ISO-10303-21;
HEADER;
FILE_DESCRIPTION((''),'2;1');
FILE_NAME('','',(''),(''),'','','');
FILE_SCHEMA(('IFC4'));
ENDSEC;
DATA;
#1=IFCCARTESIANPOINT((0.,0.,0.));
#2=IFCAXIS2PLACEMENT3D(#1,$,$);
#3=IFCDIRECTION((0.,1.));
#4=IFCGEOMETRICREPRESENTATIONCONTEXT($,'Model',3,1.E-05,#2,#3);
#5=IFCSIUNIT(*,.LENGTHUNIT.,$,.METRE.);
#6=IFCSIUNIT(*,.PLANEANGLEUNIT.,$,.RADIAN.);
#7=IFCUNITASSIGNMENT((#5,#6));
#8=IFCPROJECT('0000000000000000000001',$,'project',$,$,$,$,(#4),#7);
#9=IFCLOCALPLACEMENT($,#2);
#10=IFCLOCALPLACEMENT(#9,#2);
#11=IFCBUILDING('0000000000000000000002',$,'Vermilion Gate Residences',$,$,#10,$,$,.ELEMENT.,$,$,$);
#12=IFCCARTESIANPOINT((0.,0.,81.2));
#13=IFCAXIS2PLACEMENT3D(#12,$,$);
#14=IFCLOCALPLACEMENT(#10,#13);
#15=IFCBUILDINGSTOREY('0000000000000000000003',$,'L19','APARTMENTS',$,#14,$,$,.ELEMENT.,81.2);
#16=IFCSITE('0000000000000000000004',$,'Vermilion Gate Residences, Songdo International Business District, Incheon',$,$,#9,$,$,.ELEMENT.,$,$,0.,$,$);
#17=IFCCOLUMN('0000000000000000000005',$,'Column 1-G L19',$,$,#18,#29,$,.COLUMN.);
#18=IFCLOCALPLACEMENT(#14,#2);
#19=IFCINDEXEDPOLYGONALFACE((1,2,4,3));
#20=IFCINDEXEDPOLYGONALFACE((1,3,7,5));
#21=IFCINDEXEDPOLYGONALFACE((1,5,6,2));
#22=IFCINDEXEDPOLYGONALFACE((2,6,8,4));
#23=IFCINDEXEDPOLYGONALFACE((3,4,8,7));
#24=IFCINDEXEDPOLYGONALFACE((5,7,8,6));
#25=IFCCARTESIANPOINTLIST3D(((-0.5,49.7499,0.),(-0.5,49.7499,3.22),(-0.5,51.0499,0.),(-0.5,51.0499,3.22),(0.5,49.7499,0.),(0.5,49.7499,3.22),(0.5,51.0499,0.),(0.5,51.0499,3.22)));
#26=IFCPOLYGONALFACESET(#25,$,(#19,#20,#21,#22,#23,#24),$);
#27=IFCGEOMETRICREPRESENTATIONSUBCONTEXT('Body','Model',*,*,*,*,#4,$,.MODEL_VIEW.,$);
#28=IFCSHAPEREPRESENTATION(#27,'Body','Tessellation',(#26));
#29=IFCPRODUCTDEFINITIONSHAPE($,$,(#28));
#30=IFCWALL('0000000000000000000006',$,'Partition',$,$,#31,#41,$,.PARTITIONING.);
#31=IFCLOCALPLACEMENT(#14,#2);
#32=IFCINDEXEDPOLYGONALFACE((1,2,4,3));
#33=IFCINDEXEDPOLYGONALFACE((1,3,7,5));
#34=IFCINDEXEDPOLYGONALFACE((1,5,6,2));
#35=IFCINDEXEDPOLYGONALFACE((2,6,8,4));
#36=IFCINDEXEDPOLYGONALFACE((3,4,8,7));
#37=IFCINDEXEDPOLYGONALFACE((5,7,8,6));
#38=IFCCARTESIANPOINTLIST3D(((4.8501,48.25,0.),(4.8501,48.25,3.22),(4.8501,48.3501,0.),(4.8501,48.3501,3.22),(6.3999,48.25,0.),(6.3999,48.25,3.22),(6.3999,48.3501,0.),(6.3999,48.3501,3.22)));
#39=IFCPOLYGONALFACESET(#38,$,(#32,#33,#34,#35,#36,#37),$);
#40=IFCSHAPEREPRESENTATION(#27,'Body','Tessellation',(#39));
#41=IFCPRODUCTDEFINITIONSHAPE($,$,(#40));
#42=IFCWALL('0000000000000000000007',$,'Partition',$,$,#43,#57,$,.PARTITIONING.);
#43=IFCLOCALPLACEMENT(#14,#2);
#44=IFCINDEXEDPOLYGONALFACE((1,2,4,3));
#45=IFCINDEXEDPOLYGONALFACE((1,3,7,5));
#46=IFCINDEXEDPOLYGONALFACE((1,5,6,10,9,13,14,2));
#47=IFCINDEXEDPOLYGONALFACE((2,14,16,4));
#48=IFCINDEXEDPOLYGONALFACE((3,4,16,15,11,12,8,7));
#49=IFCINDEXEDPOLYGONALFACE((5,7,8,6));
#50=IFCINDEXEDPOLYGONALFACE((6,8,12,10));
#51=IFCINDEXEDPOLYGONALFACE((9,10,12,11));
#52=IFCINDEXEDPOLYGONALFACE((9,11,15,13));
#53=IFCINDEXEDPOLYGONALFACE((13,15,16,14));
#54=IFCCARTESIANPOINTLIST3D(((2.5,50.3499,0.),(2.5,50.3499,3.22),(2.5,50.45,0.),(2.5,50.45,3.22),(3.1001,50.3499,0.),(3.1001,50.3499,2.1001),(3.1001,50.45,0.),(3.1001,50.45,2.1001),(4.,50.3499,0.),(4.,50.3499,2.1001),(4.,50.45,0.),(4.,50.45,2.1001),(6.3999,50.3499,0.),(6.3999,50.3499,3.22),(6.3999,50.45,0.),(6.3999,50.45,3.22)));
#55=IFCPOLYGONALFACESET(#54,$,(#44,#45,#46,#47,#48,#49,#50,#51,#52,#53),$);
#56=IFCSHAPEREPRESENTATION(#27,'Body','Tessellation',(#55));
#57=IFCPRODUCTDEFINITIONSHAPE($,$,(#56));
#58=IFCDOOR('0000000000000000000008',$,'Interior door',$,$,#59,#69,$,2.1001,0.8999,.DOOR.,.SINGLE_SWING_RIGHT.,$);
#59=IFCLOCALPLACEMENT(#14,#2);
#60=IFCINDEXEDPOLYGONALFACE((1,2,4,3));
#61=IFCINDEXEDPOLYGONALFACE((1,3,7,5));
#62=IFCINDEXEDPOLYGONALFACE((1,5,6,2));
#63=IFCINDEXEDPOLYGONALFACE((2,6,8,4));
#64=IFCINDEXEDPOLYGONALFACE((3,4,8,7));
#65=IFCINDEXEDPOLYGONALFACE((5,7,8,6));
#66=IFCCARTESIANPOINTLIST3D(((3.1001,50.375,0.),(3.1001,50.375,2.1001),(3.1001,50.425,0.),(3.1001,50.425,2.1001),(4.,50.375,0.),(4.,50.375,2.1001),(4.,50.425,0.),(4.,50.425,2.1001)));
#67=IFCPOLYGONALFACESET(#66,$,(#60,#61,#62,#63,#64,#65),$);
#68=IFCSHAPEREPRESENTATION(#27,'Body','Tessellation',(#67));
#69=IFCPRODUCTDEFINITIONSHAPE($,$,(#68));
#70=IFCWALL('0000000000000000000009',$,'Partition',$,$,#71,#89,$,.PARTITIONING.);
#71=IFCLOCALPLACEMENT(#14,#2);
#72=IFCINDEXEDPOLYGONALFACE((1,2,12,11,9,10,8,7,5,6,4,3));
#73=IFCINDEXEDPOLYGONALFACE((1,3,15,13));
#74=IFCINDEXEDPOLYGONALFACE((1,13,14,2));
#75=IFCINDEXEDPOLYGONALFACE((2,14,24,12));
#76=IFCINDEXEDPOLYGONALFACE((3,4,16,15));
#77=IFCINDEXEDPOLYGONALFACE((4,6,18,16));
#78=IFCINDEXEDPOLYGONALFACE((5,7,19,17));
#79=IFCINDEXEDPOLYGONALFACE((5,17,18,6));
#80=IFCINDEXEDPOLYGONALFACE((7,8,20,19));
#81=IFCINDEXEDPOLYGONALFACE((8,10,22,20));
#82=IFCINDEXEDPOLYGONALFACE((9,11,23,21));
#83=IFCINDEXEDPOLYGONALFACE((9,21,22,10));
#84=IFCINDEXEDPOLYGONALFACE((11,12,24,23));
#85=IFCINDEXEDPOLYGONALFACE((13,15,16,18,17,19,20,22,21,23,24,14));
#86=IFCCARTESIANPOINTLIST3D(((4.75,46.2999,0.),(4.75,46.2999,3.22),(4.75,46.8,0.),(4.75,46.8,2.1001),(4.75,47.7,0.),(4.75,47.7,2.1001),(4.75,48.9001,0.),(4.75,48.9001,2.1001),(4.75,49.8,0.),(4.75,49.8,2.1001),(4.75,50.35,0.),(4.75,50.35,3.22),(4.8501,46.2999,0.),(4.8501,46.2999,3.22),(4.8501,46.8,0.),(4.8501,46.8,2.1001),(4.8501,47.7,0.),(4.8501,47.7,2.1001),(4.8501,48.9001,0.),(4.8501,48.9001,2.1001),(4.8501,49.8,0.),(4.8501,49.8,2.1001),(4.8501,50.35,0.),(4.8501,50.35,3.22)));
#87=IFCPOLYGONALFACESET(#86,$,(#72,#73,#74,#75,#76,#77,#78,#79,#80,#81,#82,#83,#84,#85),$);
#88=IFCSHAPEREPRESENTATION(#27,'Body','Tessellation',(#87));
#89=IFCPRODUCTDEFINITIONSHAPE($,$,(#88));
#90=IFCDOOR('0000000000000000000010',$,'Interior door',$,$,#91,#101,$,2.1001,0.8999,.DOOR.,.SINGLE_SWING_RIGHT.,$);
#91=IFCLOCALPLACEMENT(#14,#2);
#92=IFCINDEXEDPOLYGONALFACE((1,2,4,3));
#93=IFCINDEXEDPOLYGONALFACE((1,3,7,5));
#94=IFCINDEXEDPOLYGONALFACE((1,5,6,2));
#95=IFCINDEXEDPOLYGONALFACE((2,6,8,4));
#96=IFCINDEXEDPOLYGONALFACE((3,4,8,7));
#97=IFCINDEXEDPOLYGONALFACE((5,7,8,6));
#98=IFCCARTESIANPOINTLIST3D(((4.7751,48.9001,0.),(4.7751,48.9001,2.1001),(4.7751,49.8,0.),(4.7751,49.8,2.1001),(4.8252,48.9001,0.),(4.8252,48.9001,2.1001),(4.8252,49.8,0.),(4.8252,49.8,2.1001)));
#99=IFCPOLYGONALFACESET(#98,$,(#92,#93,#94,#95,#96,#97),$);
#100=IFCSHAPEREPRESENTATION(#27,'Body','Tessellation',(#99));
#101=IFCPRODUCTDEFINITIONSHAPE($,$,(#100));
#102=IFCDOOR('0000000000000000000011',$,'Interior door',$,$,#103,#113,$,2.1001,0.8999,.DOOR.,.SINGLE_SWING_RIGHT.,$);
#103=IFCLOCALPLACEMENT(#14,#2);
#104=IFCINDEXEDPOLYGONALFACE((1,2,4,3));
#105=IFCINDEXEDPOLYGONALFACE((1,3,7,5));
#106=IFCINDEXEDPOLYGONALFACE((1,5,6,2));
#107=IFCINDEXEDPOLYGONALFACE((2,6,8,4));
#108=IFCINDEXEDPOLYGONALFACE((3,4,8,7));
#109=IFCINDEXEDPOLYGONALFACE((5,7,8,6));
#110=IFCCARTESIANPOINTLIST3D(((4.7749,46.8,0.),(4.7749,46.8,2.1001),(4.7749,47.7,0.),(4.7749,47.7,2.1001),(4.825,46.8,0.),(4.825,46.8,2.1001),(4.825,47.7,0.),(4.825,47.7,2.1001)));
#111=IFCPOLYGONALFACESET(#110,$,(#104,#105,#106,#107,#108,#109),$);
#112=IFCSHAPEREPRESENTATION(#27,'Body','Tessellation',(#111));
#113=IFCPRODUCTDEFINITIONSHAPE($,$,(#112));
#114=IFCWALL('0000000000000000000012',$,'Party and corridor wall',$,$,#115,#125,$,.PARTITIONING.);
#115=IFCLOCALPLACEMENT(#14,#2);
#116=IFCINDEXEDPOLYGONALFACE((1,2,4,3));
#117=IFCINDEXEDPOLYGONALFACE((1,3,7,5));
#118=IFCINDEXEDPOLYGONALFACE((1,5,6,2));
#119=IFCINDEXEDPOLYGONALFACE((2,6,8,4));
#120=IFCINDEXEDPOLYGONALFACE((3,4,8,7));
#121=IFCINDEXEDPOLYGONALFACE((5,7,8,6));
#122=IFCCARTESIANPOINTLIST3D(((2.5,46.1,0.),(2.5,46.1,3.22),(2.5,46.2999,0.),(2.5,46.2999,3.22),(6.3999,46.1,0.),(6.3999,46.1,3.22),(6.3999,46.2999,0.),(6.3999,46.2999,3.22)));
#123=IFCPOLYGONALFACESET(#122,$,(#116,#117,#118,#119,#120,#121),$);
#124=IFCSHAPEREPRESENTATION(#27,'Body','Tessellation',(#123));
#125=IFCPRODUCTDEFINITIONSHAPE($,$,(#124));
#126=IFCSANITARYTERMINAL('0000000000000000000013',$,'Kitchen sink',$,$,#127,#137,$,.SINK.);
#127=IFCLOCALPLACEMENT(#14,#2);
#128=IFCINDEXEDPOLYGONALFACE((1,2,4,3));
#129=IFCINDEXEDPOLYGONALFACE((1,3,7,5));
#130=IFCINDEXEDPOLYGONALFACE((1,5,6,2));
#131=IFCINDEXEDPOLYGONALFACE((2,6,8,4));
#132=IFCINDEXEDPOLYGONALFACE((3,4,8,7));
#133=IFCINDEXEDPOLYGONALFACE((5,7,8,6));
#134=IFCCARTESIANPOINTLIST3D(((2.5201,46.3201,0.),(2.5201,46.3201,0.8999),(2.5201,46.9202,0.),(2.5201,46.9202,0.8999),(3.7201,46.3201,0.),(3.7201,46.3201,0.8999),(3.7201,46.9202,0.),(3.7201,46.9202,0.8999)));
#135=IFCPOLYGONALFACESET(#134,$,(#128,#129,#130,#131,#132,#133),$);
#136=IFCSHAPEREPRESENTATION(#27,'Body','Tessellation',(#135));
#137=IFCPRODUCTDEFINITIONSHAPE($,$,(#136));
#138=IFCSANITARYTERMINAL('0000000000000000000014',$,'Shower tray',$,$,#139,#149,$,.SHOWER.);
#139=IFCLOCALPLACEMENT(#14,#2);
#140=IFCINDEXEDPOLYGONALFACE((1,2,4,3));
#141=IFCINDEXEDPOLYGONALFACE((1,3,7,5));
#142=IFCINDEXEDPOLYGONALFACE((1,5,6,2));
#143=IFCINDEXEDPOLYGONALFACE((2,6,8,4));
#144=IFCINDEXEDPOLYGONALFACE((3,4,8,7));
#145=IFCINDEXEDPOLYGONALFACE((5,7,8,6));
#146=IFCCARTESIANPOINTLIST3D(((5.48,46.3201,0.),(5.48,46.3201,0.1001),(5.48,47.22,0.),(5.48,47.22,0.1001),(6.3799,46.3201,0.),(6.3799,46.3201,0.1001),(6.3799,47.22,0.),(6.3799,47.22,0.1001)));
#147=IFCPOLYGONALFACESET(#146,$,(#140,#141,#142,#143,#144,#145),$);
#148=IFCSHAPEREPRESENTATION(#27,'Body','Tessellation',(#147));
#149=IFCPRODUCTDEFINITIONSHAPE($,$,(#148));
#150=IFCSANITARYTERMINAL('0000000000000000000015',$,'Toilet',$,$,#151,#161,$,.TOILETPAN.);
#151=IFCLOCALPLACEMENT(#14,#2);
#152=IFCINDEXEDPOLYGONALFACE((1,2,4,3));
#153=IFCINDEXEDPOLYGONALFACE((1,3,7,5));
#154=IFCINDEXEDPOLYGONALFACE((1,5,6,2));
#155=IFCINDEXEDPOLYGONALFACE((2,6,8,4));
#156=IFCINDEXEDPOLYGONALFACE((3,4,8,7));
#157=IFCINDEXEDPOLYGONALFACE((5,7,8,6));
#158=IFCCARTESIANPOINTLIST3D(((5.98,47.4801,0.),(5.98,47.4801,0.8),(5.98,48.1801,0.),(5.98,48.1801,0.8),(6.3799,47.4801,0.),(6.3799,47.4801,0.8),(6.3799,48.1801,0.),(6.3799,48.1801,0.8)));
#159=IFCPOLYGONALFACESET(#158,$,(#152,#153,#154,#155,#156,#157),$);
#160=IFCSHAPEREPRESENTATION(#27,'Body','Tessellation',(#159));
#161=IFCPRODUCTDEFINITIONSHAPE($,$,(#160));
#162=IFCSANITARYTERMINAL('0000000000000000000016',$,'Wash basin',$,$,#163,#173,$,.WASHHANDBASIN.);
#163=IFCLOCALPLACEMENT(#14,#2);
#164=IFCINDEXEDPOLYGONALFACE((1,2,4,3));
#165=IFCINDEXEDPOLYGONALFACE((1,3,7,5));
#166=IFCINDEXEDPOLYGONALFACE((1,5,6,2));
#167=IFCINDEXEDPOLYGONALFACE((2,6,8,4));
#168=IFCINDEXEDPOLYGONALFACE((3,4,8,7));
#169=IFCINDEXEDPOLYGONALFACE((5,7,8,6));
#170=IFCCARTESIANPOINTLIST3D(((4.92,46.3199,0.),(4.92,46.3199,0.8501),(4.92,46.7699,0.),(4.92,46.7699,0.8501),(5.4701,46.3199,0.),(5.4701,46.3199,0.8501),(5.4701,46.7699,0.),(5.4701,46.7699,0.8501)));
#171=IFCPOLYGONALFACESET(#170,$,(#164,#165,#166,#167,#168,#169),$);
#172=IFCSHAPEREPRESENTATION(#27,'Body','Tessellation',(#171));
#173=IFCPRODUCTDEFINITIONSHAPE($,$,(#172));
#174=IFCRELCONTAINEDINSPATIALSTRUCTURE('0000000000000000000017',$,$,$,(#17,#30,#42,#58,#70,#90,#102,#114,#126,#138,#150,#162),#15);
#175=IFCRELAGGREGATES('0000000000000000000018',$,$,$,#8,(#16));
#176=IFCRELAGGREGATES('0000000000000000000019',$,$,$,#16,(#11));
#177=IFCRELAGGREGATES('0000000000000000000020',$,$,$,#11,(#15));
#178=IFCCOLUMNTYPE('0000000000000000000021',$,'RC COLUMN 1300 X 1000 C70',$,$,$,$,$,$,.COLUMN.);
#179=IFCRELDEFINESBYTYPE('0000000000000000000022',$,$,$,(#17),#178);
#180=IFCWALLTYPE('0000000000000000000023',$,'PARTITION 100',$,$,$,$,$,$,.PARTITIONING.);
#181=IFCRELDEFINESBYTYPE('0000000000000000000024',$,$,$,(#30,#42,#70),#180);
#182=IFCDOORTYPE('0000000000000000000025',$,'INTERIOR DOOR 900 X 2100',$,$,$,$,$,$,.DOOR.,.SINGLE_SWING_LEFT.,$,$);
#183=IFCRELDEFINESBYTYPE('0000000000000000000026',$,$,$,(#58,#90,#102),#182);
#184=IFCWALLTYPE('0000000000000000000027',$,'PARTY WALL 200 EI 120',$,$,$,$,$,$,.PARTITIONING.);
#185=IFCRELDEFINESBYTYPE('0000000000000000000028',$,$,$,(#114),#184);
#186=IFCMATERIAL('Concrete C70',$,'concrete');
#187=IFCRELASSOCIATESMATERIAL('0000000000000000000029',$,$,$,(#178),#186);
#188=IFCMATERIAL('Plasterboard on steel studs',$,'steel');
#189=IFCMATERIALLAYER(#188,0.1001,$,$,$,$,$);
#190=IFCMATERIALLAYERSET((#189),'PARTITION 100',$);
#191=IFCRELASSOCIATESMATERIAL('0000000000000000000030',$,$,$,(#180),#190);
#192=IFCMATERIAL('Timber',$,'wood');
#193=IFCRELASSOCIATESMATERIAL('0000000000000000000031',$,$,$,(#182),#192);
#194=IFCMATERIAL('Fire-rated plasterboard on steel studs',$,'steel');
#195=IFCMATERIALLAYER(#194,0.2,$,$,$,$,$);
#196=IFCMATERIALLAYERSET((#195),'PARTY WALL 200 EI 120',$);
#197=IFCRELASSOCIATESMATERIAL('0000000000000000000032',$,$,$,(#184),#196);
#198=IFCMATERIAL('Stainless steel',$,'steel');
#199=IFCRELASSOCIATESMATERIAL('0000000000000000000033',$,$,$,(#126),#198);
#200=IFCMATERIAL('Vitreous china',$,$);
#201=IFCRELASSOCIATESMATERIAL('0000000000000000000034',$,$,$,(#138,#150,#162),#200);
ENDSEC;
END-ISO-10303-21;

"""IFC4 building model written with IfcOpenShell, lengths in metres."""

from ifc_helpers import new_model, si_unit, direction, frame, frame_2d, origin, origin_2d, place, context, subcontext, project, spatial, rectangle, extrude, material, layer, layer_set, material_profile, profile_set, type_object, element, fill, save


model = new_model("IFC4")

# Units and contexts
model_context = context("Model", 3, precision=1e-05, world=origin(), true_north=direction((0.0, 1.0)))
body_context = subcontext(model_context, "Body", "Model", "MODEL_VIEW")
ifc_project = project(units=[si_unit("LENGTHUNIT", "METRE"), si_unit("PLANEANGLEUNIT", "RADIAN")], contexts=[model_context])

# Site, building, storey
site_placement = place(None, origin())
site = spatial("IfcSite", under=ifc_project, at=site_placement, Name="Vermilion Gate Residences, Songdo International Business District, Incheon", CompositionType="ELEMENT", RefElevation=0.0)
building_placement = place(site_placement, origin())
building = spatial("IfcBuilding", under=site, at=building_placement, Name="Vermilion Gate Residences", CompositionType="ELEMENT")
storey_placement = place(building_placement, frame((0.0, 0.0, 81.2)))
storey = spatial("IfcBuildingStorey", under=building, at=storey_placement, Name="L19", Description="APARTMENTS", CompositionType="ELEMENT", Elevation=81.2)

# Column
ifc_material_1 = material(Name="Concrete C70", Category="concrete")
ifc_material_profile = material_profile(ifc_material_1, rectangle(XDim=1.3, YDim=1.0, at=origin_2d()), Name="RC-1300x1000")
ifc_profile_set = profile_set([ifc_material_profile], Name="Concrete C70")
column_type = type_object("IfcColumnType", Name="RC COLUMN 1300 X 1000 C70", PredefinedType="COLUMN", material=ifc_profile_set)
column_placement = place(storey_placement, frame((0.0, 50.3999, 0.0), z_axis=(0.0, 0.0, 1.0), x_axis=(0.0, 1.0, 0.0)))
element("IfcColumn", 1, at=column_placement, inside=storey, type_object=column_type, Name="Column 1-G L19", PredefinedType="COLUMN", context=body_context, shape_type="SweptSolid", body=[
    extrude(rectangle(XDim=1.3, YDim=1.0, at=origin_2d()), origin(), (0.0, 0.0, 1.0), 3.22),
])

# Wall
ifc_material_2 = material(Name="Plasterboard on steel studs", Category="steel")
ifc_layer_1 = layer(ifc_material_2, 0.1001)
ifc_layer_set_1 = layer_set([ifc_layer_1], Name="PARTITION 100")
wall_type_1 = type_object("IfcWallType", Name="PARTITION 100", PredefinedType="PARTITIONING", material=ifc_layer_set_1)
wall_1_placement = place(storey_placement, frame((4.8501, 48.3, 0.0), z_axis=(0.0, 0.0, 1.0), x_axis=(1.0, 0.0, 0.0)))
element("IfcWall", 2, at=wall_1_placement, inside=storey, type_object=wall_type_1, Name="Partition", PredefinedType="PARTITIONING", context=body_context, shape_type="SweptSolid", body=[
    extrude(rectangle(XDim=1.5498, YDim=0.1001, at=frame_2d((0.7749, 0.0))), origin(), (0.0, 0.0, 1.0), 3.22),
])

# Wall, opening, door
wall_2_placement = place(storey_placement, frame((2.5, 50.3999, 0.0), z_axis=(0.0, 0.0, 1.0), x_axis=(1.0, 0.0, 0.0)))
wall_2 = element("IfcWall", 3, at=wall_2_placement, inside=storey, type_object=wall_type_1, Name="Partition", PredefinedType="PARTITIONING", context=body_context, shape_type="SweptSolid", body=[
    extrude(rectangle(XDim=3.8999, YDim=0.1001, at=frame_2d((1.95, 0.0))), origin(), (0.0, 0.0, 1.0), 3.22),
])
opening_1_placement = place(wall_2_placement, frame((0.6001, 0.0, 0.0)))
opening_1 = element("IfcOpeningElement", 4, at=opening_1_placement, cuts=wall_2, PredefinedType="OPENING", context=body_context, shape_type="SweptSolid", body=[
    extrude(rectangle(XDim=0.8999, YDim=2.1001, at=frame_2d((0.45, 1.05))), frame((0.0, 0.0601, 0.0), z_axis=(0.0, -1.0, 0.0), x_axis=(1.0, 0.0, 0.0)), (0.0, 0.0, 1.0), 0.1201),
])
ifc_material_3 = material(Name="Timber", Category="wood")
door_type = type_object("IfcDoorType", Name="INTERIOR DOOR 900 X 2100", OperationType="SINGLE_SWING_LEFT", PredefinedType="DOOR", material=ifc_material_3)
door_1_placement = place(opening_1_placement, frame((0.8999, 0.0, 0.0), z_axis=(0.0, 0.0, 1.0), x_axis=(-1.0, 0.0, 0.0)))
door_1 = element("IfcDoor", 5, at=door_1_placement, inside=storey, type_object=door_type, Name="Interior door", OperationType="SINGLE_SWING_RIGHT", OverallHeight=2.1001, OverallWidth=0.8999, PredefinedType="DOOR", context=body_context, shape_type="SweptSolid", body=[
    extrude(rectangle(XDim=0.8999, YDim=2.1001, at=frame_2d((0.45, 1.05))), frame((0.0, 0.0249, 0.0), z_axis=(0.0, -1.0, 0.0), x_axis=(1.0, 0.0, 0.0)), (0.0, 0.0, 1.0), 0.05),
])
fill(opening_1, door_1)

# Wall, openings, doors
wall_3_placement = place(storey_placement, frame((4.8, 46.3, 0.0), z_axis=(0.0, 0.0, 1.0), x_axis=(0.0, 1.0, 0.0)))
wall_3 = element("IfcWall", 6, at=wall_3_placement, inside=storey, type_object=wall_type_1, Name="Partition", PredefinedType="PARTITIONING", context=body_context, shape_type="SweptSolid", body=[
    extrude(rectangle(XDim=4.05, YDim=0.1001, at=frame_2d((2.0249, 0.0))), origin(), (0.0, 0.0, 1.0), 3.22),
])
opening_2_placement = place(wall_3_placement, frame((2.6001, 0.0, 0.0)))
opening_2 = element("IfcOpeningElement", 7, at=opening_2_placement, cuts=wall_3, PredefinedType="OPENING", context=body_context, shape_type="SweptSolid", body=[
    extrude(rectangle(XDim=0.8999, YDim=2.1001, at=frame_2d((0.45, 1.05))), frame((0.0, 0.0601, 0.0), z_axis=(0.0, -1.0, 0.0), x_axis=(1.0, 0.0, 0.0)), (0.0, 0.0, 1.0), 0.1201),
])
opening_3_placement = place(wall_3_placement, frame((0.5, 0.0, 0.0)))
opening_3 = element("IfcOpeningElement", 8, at=opening_3_placement, cuts=wall_3, PredefinedType="OPENING", context=body_context, shape_type="SweptSolid", body=[
    extrude(rectangle(XDim=0.8999, YDim=2.1001, at=frame_2d((0.45, 1.05))), frame((0.0, 0.0601, 0.0), z_axis=(0.0, -1.0, 0.0), x_axis=(1.0, 0.0, 0.0)), (0.0, 0.0, 1.0), 0.1201),
])
door_2_placement = place(opening_2_placement, origin())
door_2 = element("IfcDoor", 9, at=door_2_placement, inside=storey, type_object=door_type, Name="Interior door", OperationType="SINGLE_SWING_RIGHT", OverallHeight=2.1001, OverallWidth=0.8999, PredefinedType="DOOR", context=body_context, shape_type="SweptSolid", body=[
    extrude(rectangle(XDim=0.8999, YDim=2.1001, at=frame_2d((0.45, 1.05))), frame((0.0, 0.0249, 0.0), z_axis=(0.0, -1.0, 0.0), x_axis=(1.0, 0.0, 0.0)), (0.0, 0.0, 1.0), 0.05),
])
fill(opening_2, door_2)
door_3_placement = place(opening_3_placement, frame((0.8999, 0.0, 0.0), z_axis=(0.0, 0.0, 1.0), x_axis=(-1.0, 0.0, 0.0)))
door_3 = element("IfcDoor", 10, at=door_3_placement, inside=storey, type_object=door_type, Name="Interior door", OperationType="SINGLE_SWING_RIGHT", OverallHeight=2.1001, OverallWidth=0.8999, PredefinedType="DOOR", context=body_context, shape_type="SweptSolid", body=[
    extrude(rectangle(XDim=0.8999, YDim=2.1001, at=frame_2d((0.45, 1.05))), frame((0.0, 0.0249, 0.0), z_axis=(0.0, -1.0, 0.0), x_axis=(1.0, 0.0, 0.0)), (0.0, 0.0, 1.0), 0.05),
])
fill(opening_3, door_3)

# Wall
ifc_material_4 = material(Name="Fire-rated plasterboard on steel studs", Category="steel")
ifc_layer_2 = layer(ifc_material_4, 0.2)
ifc_layer_set_2 = layer_set([ifc_layer_2], Name="PARTY WALL 200 EI 120")
wall_type_2 = type_object("IfcWallType", Name="PARTY WALL 200 EI 120", PredefinedType="PARTITIONING", material=ifc_layer_set_2)
wall_4_placement = place(storey_placement, frame((2.5, 46.2, 0.0), z_axis=(0.0, 0.0, 1.0), x_axis=(1.0, 0.0, 0.0)))
element("IfcWall", 11, at=wall_4_placement, inside=storey, type_object=wall_type_2, Name="Party and corridor wall", PredefinedType="PARTITIONING", context=body_context, shape_type="SweptSolid", body=[
    extrude(rectangle(XDim=3.8999, YDim=0.2, at=frame_2d((1.95, 0.0))), origin(), (0.0, 0.0, 1.0), 3.22),
])

# Sanitary terminals
ifc_material_5 = material(Name="Stainless steel", Category="steel")
sanitary_terminal_1_placement = place(storey_placement, frame((3.1201, 46.6201, 0.0), z_axis=(0.0, 0.0, 1.0), x_axis=(1.0, 0.0, 0.0)))
element("IfcSanitaryTerminal", 12, at=sanitary_terminal_1_placement, inside=storey, material=ifc_material_5, Name="Kitchen sink", PredefinedType="SINK", context=body_context, shape_type="SweptSolid", body=[
    extrude(rectangle(XDim=1.2, YDim=0.6001, at=origin_2d()), origin(), (0.0, 0.0, 1.0), 0.8999),
])
ifc_material_6 = material(Name="Vitreous china")
sanitary_terminal_2_placement = place(storey_placement, frame((5.9299, 46.77, 0.0), z_axis=(0.0, 0.0, 1.0), x_axis=(1.0, 0.0, 0.0)))
element("IfcSanitaryTerminal", 13, at=sanitary_terminal_2_placement, inside=storey, material=ifc_material_6, Name="Shower tray", PredefinedType="SHOWER", context=body_context, shape_type="SweptSolid", body=[
    extrude(rectangle(XDim=0.8999, YDim=0.8999, at=origin_2d()), origin(), (0.0, 0.0, 1.0), 0.1001),
])
sanitary_terminal_3_placement = place(storey_placement, frame((6.1799, 47.8301, 0.0), z_axis=(0.0, 0.0, 1.0), x_axis=(1.0, 0.0, 0.0)))
element("IfcSanitaryTerminal", 14, at=sanitary_terminal_3_placement, inside=storey, material=ifc_material_6, Name="Toilet", PredefinedType="TOILETPAN", context=body_context, shape_type="SweptSolid", body=[
    extrude(rectangle(XDim=0.3999, YDim=0.7, at=origin_2d()), origin(), (0.0, 0.0, 1.0), 0.8),
])
sanitary_terminal_4_placement = place(storey_placement, frame((5.1951, 46.5449, 0.0), z_axis=(0.0, 0.0, 1.0), x_axis=(1.0, 0.0, 0.0)))
element("IfcSanitaryTerminal", 15, at=sanitary_terminal_4_placement, inside=storey, material=ifc_material_6, Name="Wash basin", PredefinedType="WASHHANDBASIN", context=body_context, shape_type="SweptSolid", body=[
    extrude(rectangle(XDim=0.55, YDim=0.45, at=origin_2d()), origin(), (0.0, 0.0, 1.0), 0.8501),
])

save(model, "model.ifc")
